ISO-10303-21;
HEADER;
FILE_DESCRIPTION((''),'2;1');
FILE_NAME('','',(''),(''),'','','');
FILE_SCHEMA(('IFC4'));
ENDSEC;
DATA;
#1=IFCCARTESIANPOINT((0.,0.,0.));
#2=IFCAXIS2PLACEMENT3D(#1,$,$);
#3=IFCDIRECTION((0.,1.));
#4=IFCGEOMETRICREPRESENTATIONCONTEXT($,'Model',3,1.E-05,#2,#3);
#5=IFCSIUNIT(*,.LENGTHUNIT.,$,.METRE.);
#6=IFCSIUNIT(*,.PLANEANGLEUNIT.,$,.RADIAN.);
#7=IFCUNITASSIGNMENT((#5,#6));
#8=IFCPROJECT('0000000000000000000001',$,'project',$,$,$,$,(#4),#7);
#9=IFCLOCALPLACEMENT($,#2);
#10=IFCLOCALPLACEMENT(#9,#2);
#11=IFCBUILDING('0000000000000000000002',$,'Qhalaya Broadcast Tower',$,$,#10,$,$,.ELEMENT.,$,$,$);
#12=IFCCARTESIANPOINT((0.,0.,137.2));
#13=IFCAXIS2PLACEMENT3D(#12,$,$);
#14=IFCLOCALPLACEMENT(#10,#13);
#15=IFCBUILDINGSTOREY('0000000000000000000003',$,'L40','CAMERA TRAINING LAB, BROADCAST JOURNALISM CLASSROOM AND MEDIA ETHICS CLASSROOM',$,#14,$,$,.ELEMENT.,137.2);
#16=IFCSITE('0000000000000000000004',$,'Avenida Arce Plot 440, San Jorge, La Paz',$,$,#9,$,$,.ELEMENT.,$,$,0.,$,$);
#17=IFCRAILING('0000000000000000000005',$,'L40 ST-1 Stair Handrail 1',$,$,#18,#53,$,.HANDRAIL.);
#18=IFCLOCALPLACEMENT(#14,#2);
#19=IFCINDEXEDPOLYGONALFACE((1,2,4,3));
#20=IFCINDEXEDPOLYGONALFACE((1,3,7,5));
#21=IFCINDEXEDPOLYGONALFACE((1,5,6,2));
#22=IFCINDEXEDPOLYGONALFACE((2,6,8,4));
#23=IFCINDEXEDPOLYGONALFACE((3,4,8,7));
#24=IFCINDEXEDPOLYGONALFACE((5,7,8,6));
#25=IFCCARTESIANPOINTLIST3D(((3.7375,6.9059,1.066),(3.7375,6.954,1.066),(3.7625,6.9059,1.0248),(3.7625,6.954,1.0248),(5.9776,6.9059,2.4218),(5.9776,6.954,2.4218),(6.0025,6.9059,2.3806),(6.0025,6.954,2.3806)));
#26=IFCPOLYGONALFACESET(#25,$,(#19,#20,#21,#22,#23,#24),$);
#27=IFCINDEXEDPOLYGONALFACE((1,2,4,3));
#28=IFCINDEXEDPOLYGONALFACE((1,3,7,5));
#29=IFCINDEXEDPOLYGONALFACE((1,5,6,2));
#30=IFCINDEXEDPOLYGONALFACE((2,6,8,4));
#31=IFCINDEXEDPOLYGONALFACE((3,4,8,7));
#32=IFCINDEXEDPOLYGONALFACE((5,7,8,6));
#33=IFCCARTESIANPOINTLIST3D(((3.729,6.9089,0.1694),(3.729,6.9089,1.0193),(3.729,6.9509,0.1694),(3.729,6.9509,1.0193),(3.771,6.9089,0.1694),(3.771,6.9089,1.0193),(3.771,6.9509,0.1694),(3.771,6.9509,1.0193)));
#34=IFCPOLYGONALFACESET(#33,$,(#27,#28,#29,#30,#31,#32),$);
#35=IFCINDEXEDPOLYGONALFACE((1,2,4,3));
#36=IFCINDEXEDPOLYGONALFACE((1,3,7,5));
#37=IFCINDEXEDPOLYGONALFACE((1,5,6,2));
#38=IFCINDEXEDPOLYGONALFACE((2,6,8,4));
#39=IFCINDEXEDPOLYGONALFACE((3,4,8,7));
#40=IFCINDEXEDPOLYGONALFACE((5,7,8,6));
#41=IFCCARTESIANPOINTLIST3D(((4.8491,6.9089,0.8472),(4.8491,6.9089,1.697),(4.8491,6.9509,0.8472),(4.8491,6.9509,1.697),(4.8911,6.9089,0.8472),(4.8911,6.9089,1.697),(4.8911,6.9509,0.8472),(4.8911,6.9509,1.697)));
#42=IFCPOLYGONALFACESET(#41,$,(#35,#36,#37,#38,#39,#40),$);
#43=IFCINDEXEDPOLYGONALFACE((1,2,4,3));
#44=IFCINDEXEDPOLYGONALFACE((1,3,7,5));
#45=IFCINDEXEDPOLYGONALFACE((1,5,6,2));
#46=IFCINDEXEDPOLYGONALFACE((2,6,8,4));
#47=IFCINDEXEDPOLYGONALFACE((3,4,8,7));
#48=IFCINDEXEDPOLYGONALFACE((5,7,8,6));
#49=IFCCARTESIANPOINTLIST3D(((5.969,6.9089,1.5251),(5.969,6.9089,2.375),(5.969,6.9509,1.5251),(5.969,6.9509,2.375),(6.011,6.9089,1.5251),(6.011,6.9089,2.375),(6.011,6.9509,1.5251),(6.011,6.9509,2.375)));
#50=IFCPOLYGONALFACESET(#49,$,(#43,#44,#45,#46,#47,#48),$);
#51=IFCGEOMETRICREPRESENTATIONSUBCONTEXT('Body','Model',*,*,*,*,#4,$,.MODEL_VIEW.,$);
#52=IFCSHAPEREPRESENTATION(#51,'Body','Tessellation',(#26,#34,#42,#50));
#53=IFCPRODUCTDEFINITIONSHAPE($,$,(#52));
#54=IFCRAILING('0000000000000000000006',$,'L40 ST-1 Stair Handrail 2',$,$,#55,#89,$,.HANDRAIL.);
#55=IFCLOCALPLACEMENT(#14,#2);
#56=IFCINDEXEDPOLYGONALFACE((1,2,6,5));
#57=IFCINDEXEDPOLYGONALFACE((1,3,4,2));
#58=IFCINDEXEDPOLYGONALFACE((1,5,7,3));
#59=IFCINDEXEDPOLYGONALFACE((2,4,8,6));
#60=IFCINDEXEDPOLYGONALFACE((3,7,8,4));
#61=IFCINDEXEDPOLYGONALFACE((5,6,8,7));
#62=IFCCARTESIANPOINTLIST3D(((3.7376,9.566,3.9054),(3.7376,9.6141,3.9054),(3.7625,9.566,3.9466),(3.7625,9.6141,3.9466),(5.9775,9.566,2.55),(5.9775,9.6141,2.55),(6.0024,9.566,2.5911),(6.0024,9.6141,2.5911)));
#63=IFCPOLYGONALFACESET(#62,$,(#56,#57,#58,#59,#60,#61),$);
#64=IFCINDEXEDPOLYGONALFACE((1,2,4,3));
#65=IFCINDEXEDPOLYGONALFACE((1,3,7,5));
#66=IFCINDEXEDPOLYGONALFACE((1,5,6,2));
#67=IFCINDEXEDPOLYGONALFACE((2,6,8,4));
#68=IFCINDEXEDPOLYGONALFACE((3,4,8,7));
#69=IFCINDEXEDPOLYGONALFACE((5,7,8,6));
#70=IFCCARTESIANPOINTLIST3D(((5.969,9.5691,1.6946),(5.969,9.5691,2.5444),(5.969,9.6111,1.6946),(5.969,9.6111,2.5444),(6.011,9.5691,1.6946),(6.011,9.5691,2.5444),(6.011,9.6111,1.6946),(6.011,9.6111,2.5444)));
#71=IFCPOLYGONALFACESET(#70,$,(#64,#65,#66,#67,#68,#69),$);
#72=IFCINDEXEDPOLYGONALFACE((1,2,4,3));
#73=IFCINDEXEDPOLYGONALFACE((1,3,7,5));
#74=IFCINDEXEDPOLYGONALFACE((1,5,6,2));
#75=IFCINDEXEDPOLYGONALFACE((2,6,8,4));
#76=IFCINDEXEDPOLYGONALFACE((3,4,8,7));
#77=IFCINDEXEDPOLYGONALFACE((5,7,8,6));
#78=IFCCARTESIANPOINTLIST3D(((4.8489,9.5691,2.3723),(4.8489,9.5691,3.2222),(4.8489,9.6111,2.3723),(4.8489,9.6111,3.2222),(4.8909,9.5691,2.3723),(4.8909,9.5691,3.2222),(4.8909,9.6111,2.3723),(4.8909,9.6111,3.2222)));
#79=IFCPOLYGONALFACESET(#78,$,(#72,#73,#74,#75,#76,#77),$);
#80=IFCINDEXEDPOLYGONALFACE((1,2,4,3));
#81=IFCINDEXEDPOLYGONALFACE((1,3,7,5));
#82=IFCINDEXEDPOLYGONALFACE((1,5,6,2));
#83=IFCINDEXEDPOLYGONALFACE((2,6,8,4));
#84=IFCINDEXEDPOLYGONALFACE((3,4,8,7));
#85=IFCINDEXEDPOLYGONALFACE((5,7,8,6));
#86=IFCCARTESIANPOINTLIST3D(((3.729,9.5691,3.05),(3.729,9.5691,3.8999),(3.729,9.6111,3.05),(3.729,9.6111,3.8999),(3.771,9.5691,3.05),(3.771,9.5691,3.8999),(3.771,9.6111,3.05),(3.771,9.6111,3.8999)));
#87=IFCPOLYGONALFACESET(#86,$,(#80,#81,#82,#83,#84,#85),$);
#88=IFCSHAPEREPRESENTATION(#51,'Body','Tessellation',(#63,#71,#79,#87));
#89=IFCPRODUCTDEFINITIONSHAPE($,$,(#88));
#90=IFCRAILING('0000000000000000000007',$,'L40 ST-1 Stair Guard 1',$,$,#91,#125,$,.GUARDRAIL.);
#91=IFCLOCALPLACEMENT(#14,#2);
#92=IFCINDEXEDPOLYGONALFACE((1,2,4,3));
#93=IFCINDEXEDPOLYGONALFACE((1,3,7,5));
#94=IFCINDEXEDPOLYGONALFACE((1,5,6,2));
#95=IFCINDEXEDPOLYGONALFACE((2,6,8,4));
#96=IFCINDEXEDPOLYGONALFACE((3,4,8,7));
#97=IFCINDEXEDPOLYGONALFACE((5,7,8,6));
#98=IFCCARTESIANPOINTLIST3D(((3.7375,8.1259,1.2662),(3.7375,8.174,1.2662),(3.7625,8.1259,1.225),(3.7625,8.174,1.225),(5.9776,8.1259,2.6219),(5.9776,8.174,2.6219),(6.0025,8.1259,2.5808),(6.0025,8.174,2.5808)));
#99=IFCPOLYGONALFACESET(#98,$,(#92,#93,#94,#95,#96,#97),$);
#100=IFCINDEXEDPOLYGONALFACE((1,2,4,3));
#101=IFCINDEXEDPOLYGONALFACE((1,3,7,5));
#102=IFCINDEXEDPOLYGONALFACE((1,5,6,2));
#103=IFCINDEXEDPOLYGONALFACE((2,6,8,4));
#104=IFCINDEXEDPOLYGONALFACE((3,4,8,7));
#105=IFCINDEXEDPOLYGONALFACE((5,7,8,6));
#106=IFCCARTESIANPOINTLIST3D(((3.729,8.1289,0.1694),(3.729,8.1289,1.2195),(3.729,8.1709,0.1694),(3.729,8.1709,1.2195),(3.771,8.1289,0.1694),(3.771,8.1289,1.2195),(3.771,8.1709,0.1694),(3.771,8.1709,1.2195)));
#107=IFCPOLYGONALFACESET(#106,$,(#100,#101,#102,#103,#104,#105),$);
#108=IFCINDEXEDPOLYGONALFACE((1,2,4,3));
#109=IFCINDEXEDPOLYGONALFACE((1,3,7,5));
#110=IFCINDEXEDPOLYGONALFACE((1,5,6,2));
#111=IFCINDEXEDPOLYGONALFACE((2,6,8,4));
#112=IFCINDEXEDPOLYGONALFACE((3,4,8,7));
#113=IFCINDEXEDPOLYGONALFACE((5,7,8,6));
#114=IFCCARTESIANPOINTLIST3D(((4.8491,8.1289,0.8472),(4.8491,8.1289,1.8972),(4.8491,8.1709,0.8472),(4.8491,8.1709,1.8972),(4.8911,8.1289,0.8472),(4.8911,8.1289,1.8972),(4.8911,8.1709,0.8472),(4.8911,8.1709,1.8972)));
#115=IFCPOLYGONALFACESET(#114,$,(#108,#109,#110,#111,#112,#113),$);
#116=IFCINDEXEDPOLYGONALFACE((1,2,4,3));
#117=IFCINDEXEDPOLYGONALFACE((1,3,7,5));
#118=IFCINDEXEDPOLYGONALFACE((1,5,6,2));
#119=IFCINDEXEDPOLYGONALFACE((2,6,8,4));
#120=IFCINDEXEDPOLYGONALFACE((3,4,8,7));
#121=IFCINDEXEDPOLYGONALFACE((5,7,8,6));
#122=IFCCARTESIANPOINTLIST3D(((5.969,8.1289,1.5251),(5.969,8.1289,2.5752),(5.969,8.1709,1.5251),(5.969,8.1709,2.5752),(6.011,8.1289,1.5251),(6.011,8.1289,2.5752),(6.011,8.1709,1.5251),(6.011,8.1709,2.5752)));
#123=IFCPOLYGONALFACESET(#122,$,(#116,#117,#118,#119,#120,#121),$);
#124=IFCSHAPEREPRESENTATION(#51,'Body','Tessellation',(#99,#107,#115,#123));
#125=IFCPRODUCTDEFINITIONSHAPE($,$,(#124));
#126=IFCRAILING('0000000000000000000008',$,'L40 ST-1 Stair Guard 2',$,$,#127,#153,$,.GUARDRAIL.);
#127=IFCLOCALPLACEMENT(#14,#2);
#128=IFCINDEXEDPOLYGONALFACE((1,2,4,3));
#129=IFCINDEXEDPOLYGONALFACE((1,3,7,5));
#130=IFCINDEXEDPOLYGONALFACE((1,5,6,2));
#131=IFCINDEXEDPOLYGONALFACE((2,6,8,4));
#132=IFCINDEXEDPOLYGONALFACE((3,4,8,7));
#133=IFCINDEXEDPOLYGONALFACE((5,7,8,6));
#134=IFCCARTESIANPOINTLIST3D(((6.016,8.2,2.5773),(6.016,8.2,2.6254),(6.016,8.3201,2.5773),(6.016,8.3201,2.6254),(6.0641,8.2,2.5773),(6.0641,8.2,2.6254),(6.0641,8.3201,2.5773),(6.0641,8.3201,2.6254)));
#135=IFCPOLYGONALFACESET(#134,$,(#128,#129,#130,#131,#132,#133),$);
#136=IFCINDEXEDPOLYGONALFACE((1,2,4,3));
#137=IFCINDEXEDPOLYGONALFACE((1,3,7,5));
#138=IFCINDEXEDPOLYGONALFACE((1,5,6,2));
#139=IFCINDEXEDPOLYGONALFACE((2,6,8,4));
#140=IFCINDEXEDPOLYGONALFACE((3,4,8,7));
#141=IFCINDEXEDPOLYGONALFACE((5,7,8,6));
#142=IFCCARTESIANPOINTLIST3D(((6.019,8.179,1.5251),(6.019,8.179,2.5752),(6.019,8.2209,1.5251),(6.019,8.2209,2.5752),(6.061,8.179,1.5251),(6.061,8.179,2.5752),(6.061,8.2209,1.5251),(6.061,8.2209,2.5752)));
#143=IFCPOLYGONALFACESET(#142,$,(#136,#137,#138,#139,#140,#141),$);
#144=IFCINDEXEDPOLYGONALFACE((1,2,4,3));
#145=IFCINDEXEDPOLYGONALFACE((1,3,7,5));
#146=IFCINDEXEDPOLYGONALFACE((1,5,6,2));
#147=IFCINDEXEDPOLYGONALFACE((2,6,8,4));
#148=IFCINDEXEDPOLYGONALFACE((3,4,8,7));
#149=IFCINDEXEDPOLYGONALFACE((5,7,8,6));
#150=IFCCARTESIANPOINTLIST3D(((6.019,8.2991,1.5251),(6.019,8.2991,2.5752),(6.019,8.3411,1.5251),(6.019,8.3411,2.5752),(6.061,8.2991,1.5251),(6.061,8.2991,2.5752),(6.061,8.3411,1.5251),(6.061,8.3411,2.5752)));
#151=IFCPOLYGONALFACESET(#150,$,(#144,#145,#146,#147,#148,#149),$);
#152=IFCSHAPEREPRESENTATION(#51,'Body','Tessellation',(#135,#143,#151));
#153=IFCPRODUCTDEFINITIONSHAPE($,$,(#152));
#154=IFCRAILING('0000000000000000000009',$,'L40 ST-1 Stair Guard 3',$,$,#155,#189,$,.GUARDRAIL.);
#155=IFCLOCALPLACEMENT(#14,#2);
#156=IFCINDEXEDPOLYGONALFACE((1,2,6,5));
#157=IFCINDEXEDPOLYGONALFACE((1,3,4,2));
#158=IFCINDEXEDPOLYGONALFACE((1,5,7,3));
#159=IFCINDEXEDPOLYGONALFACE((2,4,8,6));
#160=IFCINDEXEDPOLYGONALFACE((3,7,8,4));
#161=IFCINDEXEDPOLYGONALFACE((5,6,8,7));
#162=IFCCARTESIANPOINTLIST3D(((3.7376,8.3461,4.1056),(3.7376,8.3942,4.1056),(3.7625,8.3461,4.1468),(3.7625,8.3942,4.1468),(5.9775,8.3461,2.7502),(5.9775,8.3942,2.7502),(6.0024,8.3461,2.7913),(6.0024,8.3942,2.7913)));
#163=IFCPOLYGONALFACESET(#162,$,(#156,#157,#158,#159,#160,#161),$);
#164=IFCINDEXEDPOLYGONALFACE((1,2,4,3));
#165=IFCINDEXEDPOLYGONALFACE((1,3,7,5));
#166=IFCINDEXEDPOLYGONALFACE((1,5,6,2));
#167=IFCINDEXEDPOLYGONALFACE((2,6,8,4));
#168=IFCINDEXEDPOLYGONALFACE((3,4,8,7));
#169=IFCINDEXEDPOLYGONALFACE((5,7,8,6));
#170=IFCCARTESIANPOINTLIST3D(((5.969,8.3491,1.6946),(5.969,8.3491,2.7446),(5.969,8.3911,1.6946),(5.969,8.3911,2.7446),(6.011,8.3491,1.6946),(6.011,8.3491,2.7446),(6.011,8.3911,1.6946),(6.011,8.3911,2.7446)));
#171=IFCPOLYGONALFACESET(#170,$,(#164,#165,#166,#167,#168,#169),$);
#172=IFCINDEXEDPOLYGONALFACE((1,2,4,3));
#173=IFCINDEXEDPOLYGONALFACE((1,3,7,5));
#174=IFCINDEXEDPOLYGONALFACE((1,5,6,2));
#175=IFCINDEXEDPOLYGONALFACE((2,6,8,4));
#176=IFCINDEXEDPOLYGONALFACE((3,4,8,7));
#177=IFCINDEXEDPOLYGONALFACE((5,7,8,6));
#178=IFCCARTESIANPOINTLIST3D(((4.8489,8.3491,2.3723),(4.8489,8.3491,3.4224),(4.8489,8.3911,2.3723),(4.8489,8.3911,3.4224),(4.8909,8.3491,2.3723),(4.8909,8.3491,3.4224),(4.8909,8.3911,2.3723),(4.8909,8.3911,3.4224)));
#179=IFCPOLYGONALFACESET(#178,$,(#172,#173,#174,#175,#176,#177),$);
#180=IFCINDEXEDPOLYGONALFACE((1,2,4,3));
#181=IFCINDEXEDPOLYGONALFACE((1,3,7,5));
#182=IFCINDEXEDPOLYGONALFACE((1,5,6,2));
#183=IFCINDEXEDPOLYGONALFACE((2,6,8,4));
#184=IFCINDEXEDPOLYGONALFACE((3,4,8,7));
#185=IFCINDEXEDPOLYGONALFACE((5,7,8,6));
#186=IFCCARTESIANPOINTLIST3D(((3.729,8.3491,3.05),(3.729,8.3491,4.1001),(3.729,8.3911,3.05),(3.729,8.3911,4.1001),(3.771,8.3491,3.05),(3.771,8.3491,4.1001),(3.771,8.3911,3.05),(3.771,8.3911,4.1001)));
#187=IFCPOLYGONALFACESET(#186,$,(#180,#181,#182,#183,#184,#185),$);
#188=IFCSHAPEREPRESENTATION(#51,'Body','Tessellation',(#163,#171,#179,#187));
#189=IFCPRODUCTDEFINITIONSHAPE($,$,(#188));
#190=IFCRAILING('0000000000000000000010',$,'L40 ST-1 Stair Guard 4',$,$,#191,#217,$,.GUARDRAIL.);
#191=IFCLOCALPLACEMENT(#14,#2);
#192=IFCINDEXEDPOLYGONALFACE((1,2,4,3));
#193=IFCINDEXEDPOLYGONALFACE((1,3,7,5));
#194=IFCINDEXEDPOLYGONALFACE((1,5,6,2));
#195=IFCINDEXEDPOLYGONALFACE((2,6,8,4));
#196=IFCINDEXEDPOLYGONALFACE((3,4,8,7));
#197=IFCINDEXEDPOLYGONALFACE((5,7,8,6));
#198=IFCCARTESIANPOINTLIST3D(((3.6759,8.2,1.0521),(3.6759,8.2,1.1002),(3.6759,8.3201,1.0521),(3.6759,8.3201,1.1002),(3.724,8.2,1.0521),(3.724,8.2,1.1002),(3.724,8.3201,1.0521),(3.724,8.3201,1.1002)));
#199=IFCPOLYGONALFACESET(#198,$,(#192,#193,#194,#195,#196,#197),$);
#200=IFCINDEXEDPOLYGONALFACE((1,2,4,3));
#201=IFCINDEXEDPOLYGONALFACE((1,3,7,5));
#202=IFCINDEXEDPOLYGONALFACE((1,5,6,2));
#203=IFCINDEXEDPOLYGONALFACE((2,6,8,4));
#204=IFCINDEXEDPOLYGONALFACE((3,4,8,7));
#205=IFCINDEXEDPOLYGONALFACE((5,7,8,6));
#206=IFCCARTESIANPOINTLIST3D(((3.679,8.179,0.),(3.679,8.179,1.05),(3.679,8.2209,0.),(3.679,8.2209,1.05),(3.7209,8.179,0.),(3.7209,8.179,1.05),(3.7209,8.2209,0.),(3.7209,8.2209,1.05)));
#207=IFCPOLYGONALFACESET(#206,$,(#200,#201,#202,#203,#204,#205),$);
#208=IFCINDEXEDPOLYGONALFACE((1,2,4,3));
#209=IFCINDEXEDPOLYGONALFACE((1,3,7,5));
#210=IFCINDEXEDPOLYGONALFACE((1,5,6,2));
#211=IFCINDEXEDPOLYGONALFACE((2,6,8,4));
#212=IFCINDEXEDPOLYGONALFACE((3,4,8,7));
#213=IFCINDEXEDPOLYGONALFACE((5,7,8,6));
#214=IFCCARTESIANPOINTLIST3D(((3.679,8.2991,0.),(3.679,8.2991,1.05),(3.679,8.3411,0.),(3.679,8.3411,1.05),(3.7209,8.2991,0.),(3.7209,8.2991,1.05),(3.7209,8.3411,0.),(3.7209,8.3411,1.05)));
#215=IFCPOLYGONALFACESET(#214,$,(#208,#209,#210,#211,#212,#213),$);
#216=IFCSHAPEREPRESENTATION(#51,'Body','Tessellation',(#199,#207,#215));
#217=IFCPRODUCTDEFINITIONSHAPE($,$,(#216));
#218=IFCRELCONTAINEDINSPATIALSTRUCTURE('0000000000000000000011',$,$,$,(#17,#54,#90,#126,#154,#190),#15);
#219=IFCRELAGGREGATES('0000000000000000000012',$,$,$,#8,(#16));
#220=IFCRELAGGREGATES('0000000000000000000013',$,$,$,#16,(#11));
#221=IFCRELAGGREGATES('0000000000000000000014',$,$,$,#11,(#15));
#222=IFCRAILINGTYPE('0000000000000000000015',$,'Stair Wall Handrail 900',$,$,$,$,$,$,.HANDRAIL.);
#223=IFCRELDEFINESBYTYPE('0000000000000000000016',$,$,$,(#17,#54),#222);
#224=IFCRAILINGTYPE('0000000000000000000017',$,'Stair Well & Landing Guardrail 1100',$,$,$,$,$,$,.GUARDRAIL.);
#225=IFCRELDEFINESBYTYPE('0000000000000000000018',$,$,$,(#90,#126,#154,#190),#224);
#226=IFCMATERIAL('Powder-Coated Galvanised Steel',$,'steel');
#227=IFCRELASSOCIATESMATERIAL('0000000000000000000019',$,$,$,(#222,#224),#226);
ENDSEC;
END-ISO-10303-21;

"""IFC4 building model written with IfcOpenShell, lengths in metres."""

from ifc_helpers import new_model, si_unit, direction, frame, origin, origin_2d, place, context, subcontext, project, spatial, rectangle, extrude, material, type_object, element, save


model = new_model("IFC4")

# Units and contexts
model_context = context("Model", 3, precision=1e-05, world=origin(), true_north=direction((0.0, 1.0)))
body_context = subcontext(model_context, "Body", "Model", "MODEL_VIEW")
ifc_project = project(units=[si_unit("LENGTHUNIT", "METRE"), si_unit("PLANEANGLEUNIT", "RADIAN")], contexts=[model_context])

# Site, building, storey
site_placement = place(None, origin())
site = spatial("IfcSite", under=ifc_project, at=site_placement, Name="Avenida Arce Plot 440, San Jorge, La Paz", CompositionType="ELEMENT", RefElevation=0.0)
building_placement = place(site_placement, origin())
building = spatial("IfcBuilding", under=site, at=building_placement, Name="Qhalaya Broadcast Tower", CompositionType="ELEMENT")
storey_placement = place(building_placement, frame((0.0, 0.0, 137.2)))
storey = spatial("IfcBuildingStorey", under=building, at=storey_placement, Name="L40", Description="CAMERA TRAINING LAB, BROADCAST JOURNALISM CLASSROOM AND MEDIA ETHICS CLASSROOM", CompositionType="ELEMENT", Elevation=137.2)

# Railings
ifc_material_1 = material(Name="Powder-Coated Galvanised Steel", Category="steel")
railing_type_1 = type_object("IfcRailingType", Name="Stair Wall Handrail 900", PredefinedType="HANDRAIL", material=ifc_material_1)
railing_1_placement = place(storey_placement, frame((3.75, 6.9299, 0.1694)))
element("IfcRailing", 1, at=railing_1_placement, inside=storey, type_object=railing_type_1, Name="L40 ST-1 Stair Handrail 1", PredefinedType="HANDRAIL", context=body_context, shape_type="SweptSolid", body=[
    extrude(rectangle(XDim=0.0481, YDim=0.0481, at=origin_2d()), frame((0.0, 0.0, 0.876), z_axis=(0.855512, 0.0, 0.517783), x_axis=(0.0, 1.0, 0.0)), (0.0, 0.0, 1.0), 2.6184),
    extrude(rectangle(XDim=0.042, YDim=0.042, at=origin_2d()), origin(), (0.0, 0.0, 1.0), 0.8499),
    extrude(rectangle(XDim=0.042, YDim=0.042, at=origin_2d()), frame((1.1201, 0.0, 0.6777)), (0.0, 0.0, 1.0), 0.8499),
    extrude(rectangle(XDim=0.042, YDim=0.042, at=origin_2d()), frame((2.24, 0.0, 1.3557)), (0.0, 0.0, 1.0), 0.8499),
])
railing_2_placement = place(storey_placement, frame((5.99, 9.5901, 1.6946)))
element("IfcRailing", 2, at=railing_2_placement, inside=storey, type_object=railing_type_1, Name="L40 ST-1 Stair Handrail 2", PredefinedType="HANDRAIL", context=body_context, shape_type="SweptSolid", body=[
    extrude(rectangle(XDim=0.0481, YDim=0.0481, at=origin_2d()), frame((0.0, 0.0, 0.876), z_axis=(-0.855553, 0.0, 0.517715), x_axis=(0.0, -1.0, 0.0)), (0.0, 0.0, 1.0), 2.6182),
    extrude(rectangle(XDim=0.042, YDim=0.042, at=origin_2d()), origin(), (0.0, 0.0, 1.0), 0.8499),
    extrude(rectangle(XDim=0.042, YDim=0.042, at=origin_2d()), frame((-1.1201, 0.0, 0.6777)), (0.0, 0.0, 1.0), 0.8499),
    extrude(rectangle(XDim=0.042, YDim=0.042, at=origin_2d()), frame((-2.24, 0.0, 1.3555)), (0.0, 0.0, 1.0), 0.8499),
])
railing_type_2 = type_object("IfcRailingType", Name="Stair Well & Landing Guardrail 1100", PredefinedType="GUARDRAIL", material=ifc_material_1)
railing_3_placement = place(storey_placement, frame((3.75, 8.1499, 0.1694)))
element("IfcRailing", 3, at=railing_3_placement, inside=storey, type_object=railing_type_2, Name="L40 ST-1 Stair Guard 1", PredefinedType="GUARDRAIL", context=body_context, shape_type="SweptSolid", body=[
    extrude(rectangle(XDim=0.0481, YDim=0.0481, at=origin_2d()), frame((0.0, 0.0, 1.0762), z_axis=(0.855512, 0.0, 0.517783), x_axis=(0.0, 1.0, 0.0)), (0.0, 0.0, 1.0), 2.6184),
    extrude(rectangle(XDim=0.042, YDim=0.042, at=origin_2d()), origin(), (0.0, 0.0, 1.0), 1.05),
    extrude(rectangle(XDim=0.042, YDim=0.042, at=origin_2d()), frame((1.1201, 0.0, 0.6777)), (0.0, 0.0, 1.0), 1.05),
    extrude(rectangle(XDim=0.042, YDim=0.042, at=origin_2d()), frame((2.24, 0.0, 1.3557)), (0.0, 0.0, 1.0), 1.05),
])
railing_4_placement = place(storey_placement, frame((6.04, 8.2, 1.5251)))
element("IfcRailing", 4, at=railing_4_placement, inside=storey, type_object=railing_type_2, Name="L40 ST-1 Stair Guard 2", PredefinedType="GUARDRAIL", context=body_context, shape_type="SweptSolid", body=[
    extrude(rectangle(XDim=0.0481, YDim=0.0481, at=origin_2d()), frame((0.0, 0.0, 1.0762), z_axis=(0.0, 1.0, 0.0), x_axis=(-1.0, 0.0, 0.0)), (0.0, 0.0, 1.0), 0.1201),
    extrude(rectangle(XDim=0.042, YDim=0.042, at=origin_2d()), origin(), (0.0, 0.0, 1.0), 1.05),
    extrude(rectangle(XDim=0.042, YDim=0.042, at=origin_2d()), frame((0.0, 0.1201, 0.0)), (0.0, 0.0, 1.0), 1.05),
])
railing_5_placement = place(storey_placement, frame((5.99, 8.3701, 1.6946)))
element("IfcRailing", 5, at=railing_5_placement, inside=storey, type_object=railing_type_2, Name="L40 ST-1 Stair Guard 3", PredefinedType="GUARDRAIL", context=body_context, shape_type="SweptSolid", body=[
    extrude(rectangle(XDim=0.0481, YDim=0.0481, at=origin_2d()), frame((0.0, 0.0, 1.0762), z_axis=(-0.855553, 0.0, 0.517715), x_axis=(0.0, -1.0, 0.0)), (0.0, 0.0, 1.0), 2.6182),
    extrude(rectangle(XDim=0.042, YDim=0.042, at=origin_2d()), origin(), (0.0, 0.0, 1.0), 1.05),
    extrude(rectangle(XDim=0.042, YDim=0.042, at=origin_2d()), frame((-1.1201, 0.0, 0.6777)), (0.0, 0.0, 1.0), 1.05),
    extrude(rectangle(XDim=0.042, YDim=0.042, at=origin_2d()), frame((-2.24, 0.0, 1.3555)), (0.0, 0.0, 1.0), 1.05),
])
railing_6_placement = place(storey_placement, frame((3.7, 8.2, 0.0)))
element("IfcRailing", 6, at=railing_6_placement, inside=storey, type_object=railing_type_2, Name="L40 ST-1 Stair Guard 4", PredefinedType="GUARDRAIL", context=body_context, shape_type="SweptSolid", body=[
    extrude(rectangle(XDim=0.0481, YDim=0.0481, at=origin_2d()), frame((0.0, 0.0, 1.0762), z_axis=(0.0, 1.0, 0.0), x_axis=(-1.0, 0.0, 0.0)), (0.0, 0.0, 1.0), 0.1201),
    extrude(rectangle(XDim=0.042, YDim=0.042, at=origin_2d()), origin(), (0.0, 0.0, 1.0), 1.05),
    extrude(rectangle(XDim=0.042, YDim=0.042, at=origin_2d()), frame((0.0, 0.1201, 0.0)), (0.0, 0.0, 1.0), 1.05),
])

save(model, "model.ifc")
